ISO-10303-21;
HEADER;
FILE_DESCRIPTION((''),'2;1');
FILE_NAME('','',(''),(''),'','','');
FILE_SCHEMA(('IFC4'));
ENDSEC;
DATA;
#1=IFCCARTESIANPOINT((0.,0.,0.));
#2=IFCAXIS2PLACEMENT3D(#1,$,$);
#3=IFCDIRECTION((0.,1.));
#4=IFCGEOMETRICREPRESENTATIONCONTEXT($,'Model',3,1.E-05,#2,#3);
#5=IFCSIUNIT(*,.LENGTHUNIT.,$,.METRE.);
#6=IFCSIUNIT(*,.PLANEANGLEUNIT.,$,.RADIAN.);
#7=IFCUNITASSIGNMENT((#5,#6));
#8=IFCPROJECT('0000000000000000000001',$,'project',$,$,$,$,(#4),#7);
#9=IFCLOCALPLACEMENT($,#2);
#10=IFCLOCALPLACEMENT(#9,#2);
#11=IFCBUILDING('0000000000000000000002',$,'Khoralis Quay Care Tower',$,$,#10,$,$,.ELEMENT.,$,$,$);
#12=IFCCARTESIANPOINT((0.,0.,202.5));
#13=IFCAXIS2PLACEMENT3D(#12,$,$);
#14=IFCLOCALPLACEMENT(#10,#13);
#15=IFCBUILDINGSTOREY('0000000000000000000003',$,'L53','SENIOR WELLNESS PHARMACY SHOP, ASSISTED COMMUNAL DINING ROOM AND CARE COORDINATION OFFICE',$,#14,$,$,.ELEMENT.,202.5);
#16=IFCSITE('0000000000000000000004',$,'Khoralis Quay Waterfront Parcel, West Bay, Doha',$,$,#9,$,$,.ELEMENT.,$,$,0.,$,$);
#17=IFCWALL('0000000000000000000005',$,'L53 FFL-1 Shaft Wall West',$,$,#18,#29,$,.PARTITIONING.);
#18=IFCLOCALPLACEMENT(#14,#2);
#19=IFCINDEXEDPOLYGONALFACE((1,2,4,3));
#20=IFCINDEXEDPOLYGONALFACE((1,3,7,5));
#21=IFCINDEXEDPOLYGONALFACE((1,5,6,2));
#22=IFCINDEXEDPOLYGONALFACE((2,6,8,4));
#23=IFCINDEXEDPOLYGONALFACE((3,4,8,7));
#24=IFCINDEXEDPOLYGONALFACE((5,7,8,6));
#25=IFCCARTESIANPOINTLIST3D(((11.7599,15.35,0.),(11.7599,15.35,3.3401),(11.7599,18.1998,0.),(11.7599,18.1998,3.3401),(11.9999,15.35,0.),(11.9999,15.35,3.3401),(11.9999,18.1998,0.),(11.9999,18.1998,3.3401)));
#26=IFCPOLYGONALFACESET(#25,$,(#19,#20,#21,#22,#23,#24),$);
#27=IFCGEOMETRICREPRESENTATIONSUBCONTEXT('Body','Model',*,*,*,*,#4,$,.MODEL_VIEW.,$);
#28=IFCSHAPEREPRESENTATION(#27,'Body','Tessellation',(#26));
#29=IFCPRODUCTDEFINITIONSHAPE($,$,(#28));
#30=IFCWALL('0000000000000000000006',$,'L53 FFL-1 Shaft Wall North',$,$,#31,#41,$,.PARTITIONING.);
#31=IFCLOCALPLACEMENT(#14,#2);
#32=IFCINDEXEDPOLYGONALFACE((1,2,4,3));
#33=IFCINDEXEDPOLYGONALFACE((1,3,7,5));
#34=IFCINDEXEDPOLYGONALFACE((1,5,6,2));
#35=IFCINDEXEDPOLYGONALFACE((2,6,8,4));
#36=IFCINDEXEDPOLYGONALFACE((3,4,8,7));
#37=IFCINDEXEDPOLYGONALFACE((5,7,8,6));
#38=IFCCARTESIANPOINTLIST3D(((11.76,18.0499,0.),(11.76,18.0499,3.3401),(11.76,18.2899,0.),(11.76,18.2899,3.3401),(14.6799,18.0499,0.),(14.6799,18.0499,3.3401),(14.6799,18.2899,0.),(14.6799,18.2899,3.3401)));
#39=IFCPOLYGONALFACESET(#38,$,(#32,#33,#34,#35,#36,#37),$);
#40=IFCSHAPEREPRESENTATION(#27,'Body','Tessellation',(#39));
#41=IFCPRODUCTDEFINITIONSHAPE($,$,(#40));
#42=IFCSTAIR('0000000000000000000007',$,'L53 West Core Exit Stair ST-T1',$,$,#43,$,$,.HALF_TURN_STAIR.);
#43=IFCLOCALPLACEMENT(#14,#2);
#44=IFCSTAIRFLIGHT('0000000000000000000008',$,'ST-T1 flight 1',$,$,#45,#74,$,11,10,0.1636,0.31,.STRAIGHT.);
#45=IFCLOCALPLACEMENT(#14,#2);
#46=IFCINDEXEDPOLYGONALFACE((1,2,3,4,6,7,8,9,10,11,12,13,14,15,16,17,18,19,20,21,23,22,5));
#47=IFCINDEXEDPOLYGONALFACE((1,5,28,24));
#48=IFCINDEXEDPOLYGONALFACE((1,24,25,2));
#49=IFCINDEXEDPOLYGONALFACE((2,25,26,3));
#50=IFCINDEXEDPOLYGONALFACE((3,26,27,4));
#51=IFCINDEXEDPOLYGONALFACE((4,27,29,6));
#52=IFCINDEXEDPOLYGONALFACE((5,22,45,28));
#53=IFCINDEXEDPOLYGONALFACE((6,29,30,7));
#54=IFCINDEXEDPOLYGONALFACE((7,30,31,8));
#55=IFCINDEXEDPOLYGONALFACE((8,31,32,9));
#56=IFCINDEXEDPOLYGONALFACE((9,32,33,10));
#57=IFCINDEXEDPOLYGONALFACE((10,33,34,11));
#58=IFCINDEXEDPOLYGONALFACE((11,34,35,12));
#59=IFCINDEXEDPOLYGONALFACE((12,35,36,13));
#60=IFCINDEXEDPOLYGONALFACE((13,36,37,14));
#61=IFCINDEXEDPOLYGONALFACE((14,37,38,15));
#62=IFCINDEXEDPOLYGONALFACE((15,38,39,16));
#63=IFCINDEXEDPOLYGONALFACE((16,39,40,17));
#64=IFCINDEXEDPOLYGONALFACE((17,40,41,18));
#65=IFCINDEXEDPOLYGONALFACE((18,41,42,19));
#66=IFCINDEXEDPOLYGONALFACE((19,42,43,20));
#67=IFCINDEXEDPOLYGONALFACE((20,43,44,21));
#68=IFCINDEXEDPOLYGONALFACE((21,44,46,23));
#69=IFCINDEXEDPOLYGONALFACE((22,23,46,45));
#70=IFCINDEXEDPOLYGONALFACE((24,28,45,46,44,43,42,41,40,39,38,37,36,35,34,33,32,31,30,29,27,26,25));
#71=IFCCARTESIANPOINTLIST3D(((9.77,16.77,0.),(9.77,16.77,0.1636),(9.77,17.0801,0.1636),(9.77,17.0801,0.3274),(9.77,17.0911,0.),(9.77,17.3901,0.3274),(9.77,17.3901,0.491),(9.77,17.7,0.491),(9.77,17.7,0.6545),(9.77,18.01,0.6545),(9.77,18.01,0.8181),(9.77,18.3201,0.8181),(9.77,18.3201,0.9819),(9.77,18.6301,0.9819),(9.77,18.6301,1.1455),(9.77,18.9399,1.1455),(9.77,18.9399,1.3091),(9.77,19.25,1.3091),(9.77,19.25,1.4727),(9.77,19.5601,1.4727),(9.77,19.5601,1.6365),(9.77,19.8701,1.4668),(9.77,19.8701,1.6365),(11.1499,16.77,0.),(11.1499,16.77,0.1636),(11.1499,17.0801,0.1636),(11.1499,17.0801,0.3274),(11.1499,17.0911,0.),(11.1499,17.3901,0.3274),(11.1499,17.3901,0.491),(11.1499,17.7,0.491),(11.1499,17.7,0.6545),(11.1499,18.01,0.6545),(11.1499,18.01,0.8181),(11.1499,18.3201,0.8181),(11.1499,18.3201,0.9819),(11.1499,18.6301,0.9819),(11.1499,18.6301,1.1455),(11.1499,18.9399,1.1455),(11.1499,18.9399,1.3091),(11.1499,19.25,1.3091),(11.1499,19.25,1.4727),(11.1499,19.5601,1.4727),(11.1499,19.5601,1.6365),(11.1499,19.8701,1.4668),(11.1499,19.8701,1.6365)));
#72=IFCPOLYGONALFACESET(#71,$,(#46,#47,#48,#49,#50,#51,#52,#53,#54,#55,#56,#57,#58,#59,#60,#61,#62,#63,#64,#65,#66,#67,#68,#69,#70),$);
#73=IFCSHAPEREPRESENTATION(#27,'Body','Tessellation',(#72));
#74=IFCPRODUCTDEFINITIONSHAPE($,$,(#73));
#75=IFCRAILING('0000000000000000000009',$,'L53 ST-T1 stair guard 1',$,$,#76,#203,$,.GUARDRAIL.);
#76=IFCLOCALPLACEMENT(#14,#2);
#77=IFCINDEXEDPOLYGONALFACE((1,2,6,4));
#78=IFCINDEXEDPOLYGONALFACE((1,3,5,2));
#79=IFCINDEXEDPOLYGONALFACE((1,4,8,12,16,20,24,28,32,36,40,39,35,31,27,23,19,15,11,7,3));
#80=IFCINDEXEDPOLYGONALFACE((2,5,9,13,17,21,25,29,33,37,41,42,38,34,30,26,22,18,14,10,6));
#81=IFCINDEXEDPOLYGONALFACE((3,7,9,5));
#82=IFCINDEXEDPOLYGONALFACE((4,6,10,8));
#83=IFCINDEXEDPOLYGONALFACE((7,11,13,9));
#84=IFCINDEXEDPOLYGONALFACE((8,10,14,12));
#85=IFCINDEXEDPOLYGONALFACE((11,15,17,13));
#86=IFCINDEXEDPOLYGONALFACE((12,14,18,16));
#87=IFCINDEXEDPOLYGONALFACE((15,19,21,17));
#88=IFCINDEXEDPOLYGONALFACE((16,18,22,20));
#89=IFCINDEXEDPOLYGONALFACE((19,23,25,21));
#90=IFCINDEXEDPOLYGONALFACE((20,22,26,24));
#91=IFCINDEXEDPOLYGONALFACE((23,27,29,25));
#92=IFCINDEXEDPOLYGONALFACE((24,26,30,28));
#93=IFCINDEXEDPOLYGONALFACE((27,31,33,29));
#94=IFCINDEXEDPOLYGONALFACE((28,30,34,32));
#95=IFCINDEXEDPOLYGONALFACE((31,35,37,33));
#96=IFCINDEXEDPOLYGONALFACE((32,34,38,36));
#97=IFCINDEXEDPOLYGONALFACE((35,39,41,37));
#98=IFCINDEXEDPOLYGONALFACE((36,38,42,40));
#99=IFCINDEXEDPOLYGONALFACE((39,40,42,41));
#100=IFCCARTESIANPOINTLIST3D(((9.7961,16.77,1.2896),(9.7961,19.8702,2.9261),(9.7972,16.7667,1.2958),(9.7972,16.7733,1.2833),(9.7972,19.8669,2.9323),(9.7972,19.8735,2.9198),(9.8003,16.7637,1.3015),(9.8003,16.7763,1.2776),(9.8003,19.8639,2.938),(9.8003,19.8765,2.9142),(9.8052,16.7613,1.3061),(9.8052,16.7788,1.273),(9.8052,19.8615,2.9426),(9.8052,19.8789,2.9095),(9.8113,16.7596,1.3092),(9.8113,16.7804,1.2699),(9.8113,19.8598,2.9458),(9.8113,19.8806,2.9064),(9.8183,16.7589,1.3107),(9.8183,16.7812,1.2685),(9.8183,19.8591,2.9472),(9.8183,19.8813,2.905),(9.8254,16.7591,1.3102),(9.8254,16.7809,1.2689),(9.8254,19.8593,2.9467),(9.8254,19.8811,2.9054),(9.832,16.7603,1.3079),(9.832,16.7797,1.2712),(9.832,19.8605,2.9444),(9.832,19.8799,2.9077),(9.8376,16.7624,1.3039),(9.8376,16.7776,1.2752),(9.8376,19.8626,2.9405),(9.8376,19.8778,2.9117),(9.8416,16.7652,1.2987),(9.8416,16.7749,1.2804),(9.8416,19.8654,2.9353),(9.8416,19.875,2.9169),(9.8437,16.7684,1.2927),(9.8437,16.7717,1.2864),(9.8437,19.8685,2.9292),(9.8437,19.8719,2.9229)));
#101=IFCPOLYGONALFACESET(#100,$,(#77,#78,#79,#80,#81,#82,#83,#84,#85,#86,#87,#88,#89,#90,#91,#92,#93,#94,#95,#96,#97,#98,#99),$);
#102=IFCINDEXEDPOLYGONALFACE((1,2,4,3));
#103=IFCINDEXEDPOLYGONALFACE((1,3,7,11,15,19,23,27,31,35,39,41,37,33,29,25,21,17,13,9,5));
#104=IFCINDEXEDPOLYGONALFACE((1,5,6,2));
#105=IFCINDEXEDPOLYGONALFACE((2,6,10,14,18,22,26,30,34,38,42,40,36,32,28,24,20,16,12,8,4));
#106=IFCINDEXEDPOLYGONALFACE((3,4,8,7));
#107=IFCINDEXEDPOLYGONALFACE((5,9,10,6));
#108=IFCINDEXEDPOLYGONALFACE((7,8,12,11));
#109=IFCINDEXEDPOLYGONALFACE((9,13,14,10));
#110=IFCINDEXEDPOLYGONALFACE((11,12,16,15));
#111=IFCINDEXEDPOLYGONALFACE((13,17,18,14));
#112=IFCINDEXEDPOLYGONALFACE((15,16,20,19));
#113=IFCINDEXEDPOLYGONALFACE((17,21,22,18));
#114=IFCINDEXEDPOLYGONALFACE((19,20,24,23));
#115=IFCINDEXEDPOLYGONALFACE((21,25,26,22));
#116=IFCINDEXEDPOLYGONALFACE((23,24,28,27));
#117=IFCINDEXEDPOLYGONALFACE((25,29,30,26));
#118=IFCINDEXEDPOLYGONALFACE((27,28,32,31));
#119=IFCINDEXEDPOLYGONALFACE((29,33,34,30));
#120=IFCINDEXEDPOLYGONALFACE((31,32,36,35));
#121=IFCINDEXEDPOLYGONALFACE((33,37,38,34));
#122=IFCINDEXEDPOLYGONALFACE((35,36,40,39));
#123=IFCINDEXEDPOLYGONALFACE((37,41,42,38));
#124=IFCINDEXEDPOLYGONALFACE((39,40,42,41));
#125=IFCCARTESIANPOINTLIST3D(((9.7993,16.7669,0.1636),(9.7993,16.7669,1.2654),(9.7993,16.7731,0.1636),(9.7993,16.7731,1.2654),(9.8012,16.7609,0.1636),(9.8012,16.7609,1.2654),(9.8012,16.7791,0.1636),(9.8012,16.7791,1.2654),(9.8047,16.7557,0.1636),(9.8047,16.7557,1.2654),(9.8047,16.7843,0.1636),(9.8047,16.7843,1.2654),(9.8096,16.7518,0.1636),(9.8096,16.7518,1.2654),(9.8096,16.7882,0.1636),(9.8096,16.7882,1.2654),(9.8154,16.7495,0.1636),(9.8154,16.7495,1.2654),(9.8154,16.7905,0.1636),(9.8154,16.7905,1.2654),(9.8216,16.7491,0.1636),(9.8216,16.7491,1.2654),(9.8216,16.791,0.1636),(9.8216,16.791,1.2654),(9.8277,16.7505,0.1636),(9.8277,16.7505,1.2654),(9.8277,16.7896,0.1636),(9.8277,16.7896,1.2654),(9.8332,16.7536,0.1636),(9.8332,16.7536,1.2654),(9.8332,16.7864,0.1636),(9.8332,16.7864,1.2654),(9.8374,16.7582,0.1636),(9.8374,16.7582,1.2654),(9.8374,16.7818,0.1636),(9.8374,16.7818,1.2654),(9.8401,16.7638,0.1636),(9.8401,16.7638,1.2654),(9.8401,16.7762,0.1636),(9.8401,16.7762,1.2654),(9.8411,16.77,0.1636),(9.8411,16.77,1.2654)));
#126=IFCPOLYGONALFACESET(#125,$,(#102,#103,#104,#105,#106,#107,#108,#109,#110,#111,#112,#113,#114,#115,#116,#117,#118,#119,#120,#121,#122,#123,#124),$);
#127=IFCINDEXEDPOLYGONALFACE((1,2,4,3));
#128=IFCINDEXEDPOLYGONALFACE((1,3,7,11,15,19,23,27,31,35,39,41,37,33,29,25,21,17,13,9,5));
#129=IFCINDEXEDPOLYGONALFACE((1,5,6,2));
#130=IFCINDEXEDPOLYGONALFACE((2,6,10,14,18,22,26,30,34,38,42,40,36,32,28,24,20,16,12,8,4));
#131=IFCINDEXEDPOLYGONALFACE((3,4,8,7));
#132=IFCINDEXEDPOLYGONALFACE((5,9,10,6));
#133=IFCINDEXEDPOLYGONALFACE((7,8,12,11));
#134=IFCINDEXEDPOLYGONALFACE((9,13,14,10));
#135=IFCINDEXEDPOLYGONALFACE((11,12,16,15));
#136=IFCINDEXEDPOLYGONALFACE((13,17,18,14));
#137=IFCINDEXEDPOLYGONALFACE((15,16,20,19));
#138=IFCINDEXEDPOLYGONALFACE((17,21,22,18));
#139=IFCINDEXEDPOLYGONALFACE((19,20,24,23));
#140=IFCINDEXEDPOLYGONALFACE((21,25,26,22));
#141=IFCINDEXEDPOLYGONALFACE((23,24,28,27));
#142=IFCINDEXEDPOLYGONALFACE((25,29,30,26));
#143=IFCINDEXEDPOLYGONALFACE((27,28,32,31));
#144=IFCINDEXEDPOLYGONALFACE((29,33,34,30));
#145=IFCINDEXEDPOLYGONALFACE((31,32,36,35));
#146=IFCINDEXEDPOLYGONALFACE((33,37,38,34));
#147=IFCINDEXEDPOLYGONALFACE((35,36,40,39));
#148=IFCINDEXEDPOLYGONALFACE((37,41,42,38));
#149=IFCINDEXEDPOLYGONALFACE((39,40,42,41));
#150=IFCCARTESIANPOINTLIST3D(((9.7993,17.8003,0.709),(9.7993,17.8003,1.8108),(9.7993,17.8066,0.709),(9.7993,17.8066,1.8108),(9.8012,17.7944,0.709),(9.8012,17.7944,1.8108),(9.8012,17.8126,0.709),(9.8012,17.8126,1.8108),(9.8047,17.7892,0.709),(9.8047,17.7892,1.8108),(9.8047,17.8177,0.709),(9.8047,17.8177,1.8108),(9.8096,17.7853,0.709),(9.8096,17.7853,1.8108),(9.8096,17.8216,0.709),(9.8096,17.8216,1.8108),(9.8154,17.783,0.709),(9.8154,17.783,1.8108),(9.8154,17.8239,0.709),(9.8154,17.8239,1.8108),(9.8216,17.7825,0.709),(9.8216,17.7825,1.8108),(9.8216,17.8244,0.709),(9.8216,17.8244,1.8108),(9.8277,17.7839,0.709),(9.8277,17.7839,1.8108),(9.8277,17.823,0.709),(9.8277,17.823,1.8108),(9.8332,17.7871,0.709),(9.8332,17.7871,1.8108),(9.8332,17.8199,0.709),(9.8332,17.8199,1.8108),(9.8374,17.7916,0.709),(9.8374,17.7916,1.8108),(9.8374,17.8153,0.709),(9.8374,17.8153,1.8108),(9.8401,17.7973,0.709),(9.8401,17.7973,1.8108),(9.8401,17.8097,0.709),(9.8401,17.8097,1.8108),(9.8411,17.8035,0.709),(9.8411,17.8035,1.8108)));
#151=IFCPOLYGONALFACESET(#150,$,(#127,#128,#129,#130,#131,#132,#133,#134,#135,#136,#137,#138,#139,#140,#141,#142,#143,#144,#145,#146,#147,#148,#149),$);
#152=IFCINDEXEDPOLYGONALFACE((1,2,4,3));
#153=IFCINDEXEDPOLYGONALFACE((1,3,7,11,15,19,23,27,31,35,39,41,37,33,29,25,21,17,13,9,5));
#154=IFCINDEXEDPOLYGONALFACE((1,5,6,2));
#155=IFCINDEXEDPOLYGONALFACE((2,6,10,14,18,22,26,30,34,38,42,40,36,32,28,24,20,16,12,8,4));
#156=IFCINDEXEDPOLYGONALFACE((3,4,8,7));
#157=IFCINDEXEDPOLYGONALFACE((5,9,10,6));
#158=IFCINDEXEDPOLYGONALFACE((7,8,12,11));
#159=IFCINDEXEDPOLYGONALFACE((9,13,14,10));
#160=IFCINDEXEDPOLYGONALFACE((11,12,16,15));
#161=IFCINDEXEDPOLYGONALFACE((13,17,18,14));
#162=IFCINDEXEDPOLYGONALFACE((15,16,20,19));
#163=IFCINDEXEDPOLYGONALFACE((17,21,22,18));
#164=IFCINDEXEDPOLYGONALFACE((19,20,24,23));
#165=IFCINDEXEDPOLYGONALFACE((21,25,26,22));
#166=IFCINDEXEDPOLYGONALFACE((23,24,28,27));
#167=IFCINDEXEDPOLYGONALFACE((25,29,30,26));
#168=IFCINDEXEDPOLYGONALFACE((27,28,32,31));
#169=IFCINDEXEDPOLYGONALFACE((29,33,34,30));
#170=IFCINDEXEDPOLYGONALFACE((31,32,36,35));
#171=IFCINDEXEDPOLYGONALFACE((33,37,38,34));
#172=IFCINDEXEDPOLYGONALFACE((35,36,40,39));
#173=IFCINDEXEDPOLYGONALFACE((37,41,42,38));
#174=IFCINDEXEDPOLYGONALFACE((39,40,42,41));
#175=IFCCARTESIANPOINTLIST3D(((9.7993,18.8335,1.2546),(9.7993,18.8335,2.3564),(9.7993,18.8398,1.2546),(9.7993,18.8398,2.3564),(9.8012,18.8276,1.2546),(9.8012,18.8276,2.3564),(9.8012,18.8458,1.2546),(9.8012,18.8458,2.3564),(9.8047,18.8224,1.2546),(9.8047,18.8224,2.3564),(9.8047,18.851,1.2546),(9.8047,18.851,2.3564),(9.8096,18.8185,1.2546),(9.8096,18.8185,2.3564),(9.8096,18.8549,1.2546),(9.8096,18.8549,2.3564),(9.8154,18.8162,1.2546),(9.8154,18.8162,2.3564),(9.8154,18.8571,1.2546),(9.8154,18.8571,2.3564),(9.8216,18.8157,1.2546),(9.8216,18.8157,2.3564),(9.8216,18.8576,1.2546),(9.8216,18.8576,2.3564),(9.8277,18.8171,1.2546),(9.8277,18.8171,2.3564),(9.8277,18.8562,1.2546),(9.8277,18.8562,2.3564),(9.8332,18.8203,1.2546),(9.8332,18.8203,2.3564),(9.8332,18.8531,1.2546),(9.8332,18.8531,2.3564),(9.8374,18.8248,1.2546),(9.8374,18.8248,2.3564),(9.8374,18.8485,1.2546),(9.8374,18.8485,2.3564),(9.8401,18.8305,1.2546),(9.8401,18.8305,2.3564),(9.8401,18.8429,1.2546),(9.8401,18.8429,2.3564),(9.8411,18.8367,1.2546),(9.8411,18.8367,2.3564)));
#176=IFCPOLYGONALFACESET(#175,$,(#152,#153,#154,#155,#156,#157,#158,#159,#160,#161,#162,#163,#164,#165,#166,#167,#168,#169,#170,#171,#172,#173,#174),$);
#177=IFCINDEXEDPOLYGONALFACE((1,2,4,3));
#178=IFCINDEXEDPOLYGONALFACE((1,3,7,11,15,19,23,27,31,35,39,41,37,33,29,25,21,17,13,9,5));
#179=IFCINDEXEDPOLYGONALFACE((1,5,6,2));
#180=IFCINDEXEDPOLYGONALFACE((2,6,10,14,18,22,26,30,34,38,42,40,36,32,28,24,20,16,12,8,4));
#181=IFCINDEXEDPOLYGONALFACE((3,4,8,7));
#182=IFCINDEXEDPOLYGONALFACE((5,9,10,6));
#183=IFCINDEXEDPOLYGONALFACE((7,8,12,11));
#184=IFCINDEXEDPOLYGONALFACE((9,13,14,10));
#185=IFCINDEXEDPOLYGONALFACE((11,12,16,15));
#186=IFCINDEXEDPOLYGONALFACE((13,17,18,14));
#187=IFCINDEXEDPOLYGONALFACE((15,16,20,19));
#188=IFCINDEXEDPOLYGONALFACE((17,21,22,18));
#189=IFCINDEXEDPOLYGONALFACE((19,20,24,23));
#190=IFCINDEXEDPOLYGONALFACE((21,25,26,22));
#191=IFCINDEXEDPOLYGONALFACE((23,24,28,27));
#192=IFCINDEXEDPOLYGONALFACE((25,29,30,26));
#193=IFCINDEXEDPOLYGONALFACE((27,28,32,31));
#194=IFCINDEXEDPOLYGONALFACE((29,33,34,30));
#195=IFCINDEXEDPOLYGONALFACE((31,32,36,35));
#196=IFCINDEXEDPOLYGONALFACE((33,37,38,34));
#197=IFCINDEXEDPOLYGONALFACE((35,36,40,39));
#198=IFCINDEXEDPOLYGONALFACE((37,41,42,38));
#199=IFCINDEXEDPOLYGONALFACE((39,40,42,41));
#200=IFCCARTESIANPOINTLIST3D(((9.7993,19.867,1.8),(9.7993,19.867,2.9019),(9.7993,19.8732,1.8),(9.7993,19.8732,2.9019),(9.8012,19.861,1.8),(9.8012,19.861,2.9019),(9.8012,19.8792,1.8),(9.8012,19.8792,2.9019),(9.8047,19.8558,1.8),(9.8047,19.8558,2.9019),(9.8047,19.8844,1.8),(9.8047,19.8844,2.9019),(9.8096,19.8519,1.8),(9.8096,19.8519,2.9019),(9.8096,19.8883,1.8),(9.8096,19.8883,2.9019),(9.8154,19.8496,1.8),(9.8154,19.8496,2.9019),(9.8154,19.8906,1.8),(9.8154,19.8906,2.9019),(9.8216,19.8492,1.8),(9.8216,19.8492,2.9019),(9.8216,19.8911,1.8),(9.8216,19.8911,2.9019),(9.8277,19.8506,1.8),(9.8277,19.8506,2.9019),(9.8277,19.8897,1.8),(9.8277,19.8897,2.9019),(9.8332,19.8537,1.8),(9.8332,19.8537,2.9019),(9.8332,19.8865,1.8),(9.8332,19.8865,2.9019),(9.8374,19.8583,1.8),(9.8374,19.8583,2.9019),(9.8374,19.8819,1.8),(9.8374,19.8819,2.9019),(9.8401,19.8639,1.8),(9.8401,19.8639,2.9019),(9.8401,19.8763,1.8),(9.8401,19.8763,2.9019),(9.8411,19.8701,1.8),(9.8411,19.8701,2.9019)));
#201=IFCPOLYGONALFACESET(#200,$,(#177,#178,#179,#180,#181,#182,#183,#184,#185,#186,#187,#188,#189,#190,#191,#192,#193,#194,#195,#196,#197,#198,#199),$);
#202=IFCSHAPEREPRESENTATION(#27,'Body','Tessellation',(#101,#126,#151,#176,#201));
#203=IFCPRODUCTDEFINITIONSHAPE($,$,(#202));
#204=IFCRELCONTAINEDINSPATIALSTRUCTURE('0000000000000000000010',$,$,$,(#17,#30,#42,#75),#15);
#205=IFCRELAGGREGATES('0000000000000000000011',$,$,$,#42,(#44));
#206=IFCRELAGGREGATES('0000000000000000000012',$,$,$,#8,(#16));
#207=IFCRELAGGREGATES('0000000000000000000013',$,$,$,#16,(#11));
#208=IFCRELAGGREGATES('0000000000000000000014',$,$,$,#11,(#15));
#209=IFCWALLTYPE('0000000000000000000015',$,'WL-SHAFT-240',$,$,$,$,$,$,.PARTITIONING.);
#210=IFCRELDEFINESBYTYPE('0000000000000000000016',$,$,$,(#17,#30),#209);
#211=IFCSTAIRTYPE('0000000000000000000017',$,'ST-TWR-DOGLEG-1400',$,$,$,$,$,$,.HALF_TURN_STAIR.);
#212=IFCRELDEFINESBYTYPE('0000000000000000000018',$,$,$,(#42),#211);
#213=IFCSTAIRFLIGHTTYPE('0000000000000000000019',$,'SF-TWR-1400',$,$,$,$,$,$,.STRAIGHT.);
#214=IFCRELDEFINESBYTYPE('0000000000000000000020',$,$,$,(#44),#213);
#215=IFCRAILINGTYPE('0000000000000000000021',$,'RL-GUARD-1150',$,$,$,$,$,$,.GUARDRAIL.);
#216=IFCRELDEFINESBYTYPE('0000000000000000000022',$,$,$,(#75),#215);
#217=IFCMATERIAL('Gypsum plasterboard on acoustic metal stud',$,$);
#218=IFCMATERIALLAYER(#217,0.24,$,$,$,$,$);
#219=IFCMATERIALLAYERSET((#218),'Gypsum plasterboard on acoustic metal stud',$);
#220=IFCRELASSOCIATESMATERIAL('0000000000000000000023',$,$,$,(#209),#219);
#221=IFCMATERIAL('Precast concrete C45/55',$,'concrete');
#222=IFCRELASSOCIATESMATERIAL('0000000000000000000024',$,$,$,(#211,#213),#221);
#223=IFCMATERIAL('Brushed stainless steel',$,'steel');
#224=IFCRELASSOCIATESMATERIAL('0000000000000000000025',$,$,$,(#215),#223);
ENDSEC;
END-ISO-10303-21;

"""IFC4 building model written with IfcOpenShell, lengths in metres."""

from ifc_helpers import new_model, si_unit, direction, frame, frame_2d, origin, origin_2d, place, context, subcontext, project, spatial, polyline, rectangle, circle, outline, extrude, source, transform, mapped, material, layer, layer_set, type_object, element, aggregate, save


model = new_model("IFC4")

# Units and contexts
model_context = context("Model", 3, precision=1e-05, world=origin(), true_north=direction((0.0, 1.0)))
body_context = subcontext(model_context, "Body", "Model", "MODEL_VIEW")
ifc_project = project(units=[si_unit("LENGTHUNIT", "METRE"), si_unit("PLANEANGLEUNIT", "RADIAN")], contexts=[model_context])

# Site, building, storey
site_placement = place(None, origin())
site = spatial("IfcSite", under=ifc_project, at=site_placement, Name="Khoralis Quay Waterfront Parcel, West Bay, Doha", CompositionType="ELEMENT", RefElevation=0.0)
building_placement = place(site_placement, origin())
building = spatial("IfcBuilding", under=site, at=building_placement, Name="Khoralis Quay Care Tower", CompositionType="ELEMENT")
storey_placement = place(building_placement, frame((0.0, 0.0, 202.5)))
storey = spatial("IfcBuildingStorey", under=building, at=storey_placement, Name="L53", Description="SENIOR WELLNESS PHARMACY SHOP, ASSISTED COMMUNAL DINING ROOM AND CARE COORDINATION OFFICE", CompositionType="ELEMENT", Elevation=202.5)

# Shared definitions
ifc_material_1 = material(Name="Gypsum plasterboard on acoustic metal stud")

# Shared definitions
ifc_material_2 = material(Name="Brushed stainless steel", Category="steel")

# Walls
ifc_material_3 = material(Name="Precast concrete C45/55", Category="concrete")
ifc_layer_1 = layer(ifc_material_1, 0.24)
ifc_layer_set_1 = layer_set([ifc_layer_1], Name="Gypsum plasterboard on acoustic metal stud")
wall_type_1 = type_object("IfcWallType", Name="WL-SHAFT-240", PredefinedType="PARTITIONING", material=ifc_layer_set_1)
wall_1_placement = place(storey_placement, frame((11.8799, 15.3501, 0.0), z_axis=(0.0, 0.0, 1.0), x_axis=(0.0, 1.0, 0.0)))
element("IfcWall", 1, at=wall_1_placement, inside=storey, type_object=wall_type_1, Name="L53 FFL-1 Shaft Wall West", PredefinedType="PARTITIONING", context=body_context, shape_type="SweptSolid", body=[
    extrude(rectangle(XDim=2.8499, YDim=0.24, at=frame_2d((1.4248, 0.0))), origin(), (0.0, 0.0, 1.0), 3.3401),
])
wall_2_placement = place(storey_placement, frame((11.76, 18.1699, 0.0), z_axis=(0.0, 0.0, 1.0), x_axis=(1.0, 0.0, 0.0)))
element("IfcWall", 2, at=wall_2_placement, inside=storey, type_object=wall_type_1, Name="L53 FFL-1 Shaft Wall North", PredefinedType="PARTITIONING", context=body_context, shape_type="SweptSolid", body=[
    extrude(rectangle(XDim=2.9199, YDim=0.24, at=frame_2d((1.46, 0.0))), origin(), (0.0, 0.0, 1.0), 3.3401),
])

# Stair, stair flight
stair_type = type_object("IfcStairType", Name="ST-TWR-DOGLEG-1400", PredefinedType="HALF_TURN_STAIR", material=ifc_material_3)
stair_placement = place(storey_placement, origin())
stair = element("IfcStair", 3, at=stair_placement, inside=storey, type_object=stair_type, Name="L53 West Core Exit Stair ST-T1", PredefinedType="HALF_TURN_STAIR")
stair_flight_type = type_object("IfcStairFlightType", Name="SF-TWR-1400", PredefinedType="STRAIGHT", material=ifc_material_3)
shared_shape_1 = source(origin(), body_context, "Body", "SweptSolid", [
    extrude(outline(polyline([(0.0, 0.0), (0.0, 0.1636), (0.3101, 0.1636), (0.3101, 0.3274), (0.6201, 0.3274), (0.6201, 0.491), (0.9299, 0.491), (0.9299, 0.6545), (1.24, 0.6545), (1.24, 0.8181), (1.55, 0.8181), (1.55, 0.9819), (1.8601, 0.9819), (1.8601, 1.1455), (2.1699, 1.1455), (2.1699, 1.3091), (2.48, 1.3091), (2.48, 1.4727), (2.79, 1.4727), (2.79, 1.6365), (3.1001, 1.6365), (3.1001, 1.8), (3.1001, 1.4668), (0.321, 0.0), (0.0, 0.0)])), frame((0.0, 0.6899, 0.0), z_axis=(0.0, -1.0, 0.0), x_axis=(1.0, 0.0, 0.0)), (0.0, 0.0, 1.0), 1.3799),
])
stair_flight_placement = place(storey_placement, frame((10.46, 16.77, 0.0), z_axis=(0.0, 0.0, 1.0), x_axis=(0.0, 1.0, 0.0)))
stair_flight = element("IfcStairFlight", 4, at=stair_flight_placement, type_object=stair_flight_type, Name="ST-T1 flight 1", NumberOfRisers=11, NumberOfTreads=10, PredefinedType="STRAIGHT", RiserHeight=0.1636, TreadLength=0.31, context=body_context, shape_type="MappedRepresentation", body=[
    mapped(shared_shape_1, transform((0.0, 0.0, 0.0), scale=1.0)),
])
aggregate(stair, [stair_flight])

# Railing
railing_type_1 = type_object("IfcRailingType", Name="RL-GUARD-1150", PredefinedType="GUARDRAIL", material=ifc_material_2)
railing_1_placement = place(storey_placement, frame((9.8201, 16.77, 0.1636)))
element("IfcRailing", 5, at=railing_1_placement, inside=storey, type_object=railing_type_1, Name="L53 ST-T1 stair guard 1", PredefinedType="GUARDRAIL", context=body_context, shape_type="SweptSolid", body=[
    extrude(circle(Radius=0.0239, at=origin_2d()), frame((0.0, 0.0, 1.126), z_axis=(0.0, 0.884348, 0.466828), x_axis=(-1.0, 0.0, 0.0)), (0.0, 0.0, 1.0), 3.5056),
    extrude(circle(Radius=0.021, at=origin_2d()), origin(), (0.0, 0.0, 1.0), 1.1018),
    extrude(circle(Radius=0.021, at=origin_2d()), frame((0.0, 1.0334, 0.5454)), (0.0, 0.0, 1.0), 1.1018),
    extrude(circle(Radius=0.021, at=origin_2d()), frame((0.0, 2.0667, 1.0911)), (0.0, 0.0, 1.0), 1.1018),
    extrude(circle(Radius=0.021, at=origin_2d()), frame((0.0, 3.1001, 1.6365)), (0.0, 0.0, 1.0), 1.1018),
])

save(model, "model.ifc")
